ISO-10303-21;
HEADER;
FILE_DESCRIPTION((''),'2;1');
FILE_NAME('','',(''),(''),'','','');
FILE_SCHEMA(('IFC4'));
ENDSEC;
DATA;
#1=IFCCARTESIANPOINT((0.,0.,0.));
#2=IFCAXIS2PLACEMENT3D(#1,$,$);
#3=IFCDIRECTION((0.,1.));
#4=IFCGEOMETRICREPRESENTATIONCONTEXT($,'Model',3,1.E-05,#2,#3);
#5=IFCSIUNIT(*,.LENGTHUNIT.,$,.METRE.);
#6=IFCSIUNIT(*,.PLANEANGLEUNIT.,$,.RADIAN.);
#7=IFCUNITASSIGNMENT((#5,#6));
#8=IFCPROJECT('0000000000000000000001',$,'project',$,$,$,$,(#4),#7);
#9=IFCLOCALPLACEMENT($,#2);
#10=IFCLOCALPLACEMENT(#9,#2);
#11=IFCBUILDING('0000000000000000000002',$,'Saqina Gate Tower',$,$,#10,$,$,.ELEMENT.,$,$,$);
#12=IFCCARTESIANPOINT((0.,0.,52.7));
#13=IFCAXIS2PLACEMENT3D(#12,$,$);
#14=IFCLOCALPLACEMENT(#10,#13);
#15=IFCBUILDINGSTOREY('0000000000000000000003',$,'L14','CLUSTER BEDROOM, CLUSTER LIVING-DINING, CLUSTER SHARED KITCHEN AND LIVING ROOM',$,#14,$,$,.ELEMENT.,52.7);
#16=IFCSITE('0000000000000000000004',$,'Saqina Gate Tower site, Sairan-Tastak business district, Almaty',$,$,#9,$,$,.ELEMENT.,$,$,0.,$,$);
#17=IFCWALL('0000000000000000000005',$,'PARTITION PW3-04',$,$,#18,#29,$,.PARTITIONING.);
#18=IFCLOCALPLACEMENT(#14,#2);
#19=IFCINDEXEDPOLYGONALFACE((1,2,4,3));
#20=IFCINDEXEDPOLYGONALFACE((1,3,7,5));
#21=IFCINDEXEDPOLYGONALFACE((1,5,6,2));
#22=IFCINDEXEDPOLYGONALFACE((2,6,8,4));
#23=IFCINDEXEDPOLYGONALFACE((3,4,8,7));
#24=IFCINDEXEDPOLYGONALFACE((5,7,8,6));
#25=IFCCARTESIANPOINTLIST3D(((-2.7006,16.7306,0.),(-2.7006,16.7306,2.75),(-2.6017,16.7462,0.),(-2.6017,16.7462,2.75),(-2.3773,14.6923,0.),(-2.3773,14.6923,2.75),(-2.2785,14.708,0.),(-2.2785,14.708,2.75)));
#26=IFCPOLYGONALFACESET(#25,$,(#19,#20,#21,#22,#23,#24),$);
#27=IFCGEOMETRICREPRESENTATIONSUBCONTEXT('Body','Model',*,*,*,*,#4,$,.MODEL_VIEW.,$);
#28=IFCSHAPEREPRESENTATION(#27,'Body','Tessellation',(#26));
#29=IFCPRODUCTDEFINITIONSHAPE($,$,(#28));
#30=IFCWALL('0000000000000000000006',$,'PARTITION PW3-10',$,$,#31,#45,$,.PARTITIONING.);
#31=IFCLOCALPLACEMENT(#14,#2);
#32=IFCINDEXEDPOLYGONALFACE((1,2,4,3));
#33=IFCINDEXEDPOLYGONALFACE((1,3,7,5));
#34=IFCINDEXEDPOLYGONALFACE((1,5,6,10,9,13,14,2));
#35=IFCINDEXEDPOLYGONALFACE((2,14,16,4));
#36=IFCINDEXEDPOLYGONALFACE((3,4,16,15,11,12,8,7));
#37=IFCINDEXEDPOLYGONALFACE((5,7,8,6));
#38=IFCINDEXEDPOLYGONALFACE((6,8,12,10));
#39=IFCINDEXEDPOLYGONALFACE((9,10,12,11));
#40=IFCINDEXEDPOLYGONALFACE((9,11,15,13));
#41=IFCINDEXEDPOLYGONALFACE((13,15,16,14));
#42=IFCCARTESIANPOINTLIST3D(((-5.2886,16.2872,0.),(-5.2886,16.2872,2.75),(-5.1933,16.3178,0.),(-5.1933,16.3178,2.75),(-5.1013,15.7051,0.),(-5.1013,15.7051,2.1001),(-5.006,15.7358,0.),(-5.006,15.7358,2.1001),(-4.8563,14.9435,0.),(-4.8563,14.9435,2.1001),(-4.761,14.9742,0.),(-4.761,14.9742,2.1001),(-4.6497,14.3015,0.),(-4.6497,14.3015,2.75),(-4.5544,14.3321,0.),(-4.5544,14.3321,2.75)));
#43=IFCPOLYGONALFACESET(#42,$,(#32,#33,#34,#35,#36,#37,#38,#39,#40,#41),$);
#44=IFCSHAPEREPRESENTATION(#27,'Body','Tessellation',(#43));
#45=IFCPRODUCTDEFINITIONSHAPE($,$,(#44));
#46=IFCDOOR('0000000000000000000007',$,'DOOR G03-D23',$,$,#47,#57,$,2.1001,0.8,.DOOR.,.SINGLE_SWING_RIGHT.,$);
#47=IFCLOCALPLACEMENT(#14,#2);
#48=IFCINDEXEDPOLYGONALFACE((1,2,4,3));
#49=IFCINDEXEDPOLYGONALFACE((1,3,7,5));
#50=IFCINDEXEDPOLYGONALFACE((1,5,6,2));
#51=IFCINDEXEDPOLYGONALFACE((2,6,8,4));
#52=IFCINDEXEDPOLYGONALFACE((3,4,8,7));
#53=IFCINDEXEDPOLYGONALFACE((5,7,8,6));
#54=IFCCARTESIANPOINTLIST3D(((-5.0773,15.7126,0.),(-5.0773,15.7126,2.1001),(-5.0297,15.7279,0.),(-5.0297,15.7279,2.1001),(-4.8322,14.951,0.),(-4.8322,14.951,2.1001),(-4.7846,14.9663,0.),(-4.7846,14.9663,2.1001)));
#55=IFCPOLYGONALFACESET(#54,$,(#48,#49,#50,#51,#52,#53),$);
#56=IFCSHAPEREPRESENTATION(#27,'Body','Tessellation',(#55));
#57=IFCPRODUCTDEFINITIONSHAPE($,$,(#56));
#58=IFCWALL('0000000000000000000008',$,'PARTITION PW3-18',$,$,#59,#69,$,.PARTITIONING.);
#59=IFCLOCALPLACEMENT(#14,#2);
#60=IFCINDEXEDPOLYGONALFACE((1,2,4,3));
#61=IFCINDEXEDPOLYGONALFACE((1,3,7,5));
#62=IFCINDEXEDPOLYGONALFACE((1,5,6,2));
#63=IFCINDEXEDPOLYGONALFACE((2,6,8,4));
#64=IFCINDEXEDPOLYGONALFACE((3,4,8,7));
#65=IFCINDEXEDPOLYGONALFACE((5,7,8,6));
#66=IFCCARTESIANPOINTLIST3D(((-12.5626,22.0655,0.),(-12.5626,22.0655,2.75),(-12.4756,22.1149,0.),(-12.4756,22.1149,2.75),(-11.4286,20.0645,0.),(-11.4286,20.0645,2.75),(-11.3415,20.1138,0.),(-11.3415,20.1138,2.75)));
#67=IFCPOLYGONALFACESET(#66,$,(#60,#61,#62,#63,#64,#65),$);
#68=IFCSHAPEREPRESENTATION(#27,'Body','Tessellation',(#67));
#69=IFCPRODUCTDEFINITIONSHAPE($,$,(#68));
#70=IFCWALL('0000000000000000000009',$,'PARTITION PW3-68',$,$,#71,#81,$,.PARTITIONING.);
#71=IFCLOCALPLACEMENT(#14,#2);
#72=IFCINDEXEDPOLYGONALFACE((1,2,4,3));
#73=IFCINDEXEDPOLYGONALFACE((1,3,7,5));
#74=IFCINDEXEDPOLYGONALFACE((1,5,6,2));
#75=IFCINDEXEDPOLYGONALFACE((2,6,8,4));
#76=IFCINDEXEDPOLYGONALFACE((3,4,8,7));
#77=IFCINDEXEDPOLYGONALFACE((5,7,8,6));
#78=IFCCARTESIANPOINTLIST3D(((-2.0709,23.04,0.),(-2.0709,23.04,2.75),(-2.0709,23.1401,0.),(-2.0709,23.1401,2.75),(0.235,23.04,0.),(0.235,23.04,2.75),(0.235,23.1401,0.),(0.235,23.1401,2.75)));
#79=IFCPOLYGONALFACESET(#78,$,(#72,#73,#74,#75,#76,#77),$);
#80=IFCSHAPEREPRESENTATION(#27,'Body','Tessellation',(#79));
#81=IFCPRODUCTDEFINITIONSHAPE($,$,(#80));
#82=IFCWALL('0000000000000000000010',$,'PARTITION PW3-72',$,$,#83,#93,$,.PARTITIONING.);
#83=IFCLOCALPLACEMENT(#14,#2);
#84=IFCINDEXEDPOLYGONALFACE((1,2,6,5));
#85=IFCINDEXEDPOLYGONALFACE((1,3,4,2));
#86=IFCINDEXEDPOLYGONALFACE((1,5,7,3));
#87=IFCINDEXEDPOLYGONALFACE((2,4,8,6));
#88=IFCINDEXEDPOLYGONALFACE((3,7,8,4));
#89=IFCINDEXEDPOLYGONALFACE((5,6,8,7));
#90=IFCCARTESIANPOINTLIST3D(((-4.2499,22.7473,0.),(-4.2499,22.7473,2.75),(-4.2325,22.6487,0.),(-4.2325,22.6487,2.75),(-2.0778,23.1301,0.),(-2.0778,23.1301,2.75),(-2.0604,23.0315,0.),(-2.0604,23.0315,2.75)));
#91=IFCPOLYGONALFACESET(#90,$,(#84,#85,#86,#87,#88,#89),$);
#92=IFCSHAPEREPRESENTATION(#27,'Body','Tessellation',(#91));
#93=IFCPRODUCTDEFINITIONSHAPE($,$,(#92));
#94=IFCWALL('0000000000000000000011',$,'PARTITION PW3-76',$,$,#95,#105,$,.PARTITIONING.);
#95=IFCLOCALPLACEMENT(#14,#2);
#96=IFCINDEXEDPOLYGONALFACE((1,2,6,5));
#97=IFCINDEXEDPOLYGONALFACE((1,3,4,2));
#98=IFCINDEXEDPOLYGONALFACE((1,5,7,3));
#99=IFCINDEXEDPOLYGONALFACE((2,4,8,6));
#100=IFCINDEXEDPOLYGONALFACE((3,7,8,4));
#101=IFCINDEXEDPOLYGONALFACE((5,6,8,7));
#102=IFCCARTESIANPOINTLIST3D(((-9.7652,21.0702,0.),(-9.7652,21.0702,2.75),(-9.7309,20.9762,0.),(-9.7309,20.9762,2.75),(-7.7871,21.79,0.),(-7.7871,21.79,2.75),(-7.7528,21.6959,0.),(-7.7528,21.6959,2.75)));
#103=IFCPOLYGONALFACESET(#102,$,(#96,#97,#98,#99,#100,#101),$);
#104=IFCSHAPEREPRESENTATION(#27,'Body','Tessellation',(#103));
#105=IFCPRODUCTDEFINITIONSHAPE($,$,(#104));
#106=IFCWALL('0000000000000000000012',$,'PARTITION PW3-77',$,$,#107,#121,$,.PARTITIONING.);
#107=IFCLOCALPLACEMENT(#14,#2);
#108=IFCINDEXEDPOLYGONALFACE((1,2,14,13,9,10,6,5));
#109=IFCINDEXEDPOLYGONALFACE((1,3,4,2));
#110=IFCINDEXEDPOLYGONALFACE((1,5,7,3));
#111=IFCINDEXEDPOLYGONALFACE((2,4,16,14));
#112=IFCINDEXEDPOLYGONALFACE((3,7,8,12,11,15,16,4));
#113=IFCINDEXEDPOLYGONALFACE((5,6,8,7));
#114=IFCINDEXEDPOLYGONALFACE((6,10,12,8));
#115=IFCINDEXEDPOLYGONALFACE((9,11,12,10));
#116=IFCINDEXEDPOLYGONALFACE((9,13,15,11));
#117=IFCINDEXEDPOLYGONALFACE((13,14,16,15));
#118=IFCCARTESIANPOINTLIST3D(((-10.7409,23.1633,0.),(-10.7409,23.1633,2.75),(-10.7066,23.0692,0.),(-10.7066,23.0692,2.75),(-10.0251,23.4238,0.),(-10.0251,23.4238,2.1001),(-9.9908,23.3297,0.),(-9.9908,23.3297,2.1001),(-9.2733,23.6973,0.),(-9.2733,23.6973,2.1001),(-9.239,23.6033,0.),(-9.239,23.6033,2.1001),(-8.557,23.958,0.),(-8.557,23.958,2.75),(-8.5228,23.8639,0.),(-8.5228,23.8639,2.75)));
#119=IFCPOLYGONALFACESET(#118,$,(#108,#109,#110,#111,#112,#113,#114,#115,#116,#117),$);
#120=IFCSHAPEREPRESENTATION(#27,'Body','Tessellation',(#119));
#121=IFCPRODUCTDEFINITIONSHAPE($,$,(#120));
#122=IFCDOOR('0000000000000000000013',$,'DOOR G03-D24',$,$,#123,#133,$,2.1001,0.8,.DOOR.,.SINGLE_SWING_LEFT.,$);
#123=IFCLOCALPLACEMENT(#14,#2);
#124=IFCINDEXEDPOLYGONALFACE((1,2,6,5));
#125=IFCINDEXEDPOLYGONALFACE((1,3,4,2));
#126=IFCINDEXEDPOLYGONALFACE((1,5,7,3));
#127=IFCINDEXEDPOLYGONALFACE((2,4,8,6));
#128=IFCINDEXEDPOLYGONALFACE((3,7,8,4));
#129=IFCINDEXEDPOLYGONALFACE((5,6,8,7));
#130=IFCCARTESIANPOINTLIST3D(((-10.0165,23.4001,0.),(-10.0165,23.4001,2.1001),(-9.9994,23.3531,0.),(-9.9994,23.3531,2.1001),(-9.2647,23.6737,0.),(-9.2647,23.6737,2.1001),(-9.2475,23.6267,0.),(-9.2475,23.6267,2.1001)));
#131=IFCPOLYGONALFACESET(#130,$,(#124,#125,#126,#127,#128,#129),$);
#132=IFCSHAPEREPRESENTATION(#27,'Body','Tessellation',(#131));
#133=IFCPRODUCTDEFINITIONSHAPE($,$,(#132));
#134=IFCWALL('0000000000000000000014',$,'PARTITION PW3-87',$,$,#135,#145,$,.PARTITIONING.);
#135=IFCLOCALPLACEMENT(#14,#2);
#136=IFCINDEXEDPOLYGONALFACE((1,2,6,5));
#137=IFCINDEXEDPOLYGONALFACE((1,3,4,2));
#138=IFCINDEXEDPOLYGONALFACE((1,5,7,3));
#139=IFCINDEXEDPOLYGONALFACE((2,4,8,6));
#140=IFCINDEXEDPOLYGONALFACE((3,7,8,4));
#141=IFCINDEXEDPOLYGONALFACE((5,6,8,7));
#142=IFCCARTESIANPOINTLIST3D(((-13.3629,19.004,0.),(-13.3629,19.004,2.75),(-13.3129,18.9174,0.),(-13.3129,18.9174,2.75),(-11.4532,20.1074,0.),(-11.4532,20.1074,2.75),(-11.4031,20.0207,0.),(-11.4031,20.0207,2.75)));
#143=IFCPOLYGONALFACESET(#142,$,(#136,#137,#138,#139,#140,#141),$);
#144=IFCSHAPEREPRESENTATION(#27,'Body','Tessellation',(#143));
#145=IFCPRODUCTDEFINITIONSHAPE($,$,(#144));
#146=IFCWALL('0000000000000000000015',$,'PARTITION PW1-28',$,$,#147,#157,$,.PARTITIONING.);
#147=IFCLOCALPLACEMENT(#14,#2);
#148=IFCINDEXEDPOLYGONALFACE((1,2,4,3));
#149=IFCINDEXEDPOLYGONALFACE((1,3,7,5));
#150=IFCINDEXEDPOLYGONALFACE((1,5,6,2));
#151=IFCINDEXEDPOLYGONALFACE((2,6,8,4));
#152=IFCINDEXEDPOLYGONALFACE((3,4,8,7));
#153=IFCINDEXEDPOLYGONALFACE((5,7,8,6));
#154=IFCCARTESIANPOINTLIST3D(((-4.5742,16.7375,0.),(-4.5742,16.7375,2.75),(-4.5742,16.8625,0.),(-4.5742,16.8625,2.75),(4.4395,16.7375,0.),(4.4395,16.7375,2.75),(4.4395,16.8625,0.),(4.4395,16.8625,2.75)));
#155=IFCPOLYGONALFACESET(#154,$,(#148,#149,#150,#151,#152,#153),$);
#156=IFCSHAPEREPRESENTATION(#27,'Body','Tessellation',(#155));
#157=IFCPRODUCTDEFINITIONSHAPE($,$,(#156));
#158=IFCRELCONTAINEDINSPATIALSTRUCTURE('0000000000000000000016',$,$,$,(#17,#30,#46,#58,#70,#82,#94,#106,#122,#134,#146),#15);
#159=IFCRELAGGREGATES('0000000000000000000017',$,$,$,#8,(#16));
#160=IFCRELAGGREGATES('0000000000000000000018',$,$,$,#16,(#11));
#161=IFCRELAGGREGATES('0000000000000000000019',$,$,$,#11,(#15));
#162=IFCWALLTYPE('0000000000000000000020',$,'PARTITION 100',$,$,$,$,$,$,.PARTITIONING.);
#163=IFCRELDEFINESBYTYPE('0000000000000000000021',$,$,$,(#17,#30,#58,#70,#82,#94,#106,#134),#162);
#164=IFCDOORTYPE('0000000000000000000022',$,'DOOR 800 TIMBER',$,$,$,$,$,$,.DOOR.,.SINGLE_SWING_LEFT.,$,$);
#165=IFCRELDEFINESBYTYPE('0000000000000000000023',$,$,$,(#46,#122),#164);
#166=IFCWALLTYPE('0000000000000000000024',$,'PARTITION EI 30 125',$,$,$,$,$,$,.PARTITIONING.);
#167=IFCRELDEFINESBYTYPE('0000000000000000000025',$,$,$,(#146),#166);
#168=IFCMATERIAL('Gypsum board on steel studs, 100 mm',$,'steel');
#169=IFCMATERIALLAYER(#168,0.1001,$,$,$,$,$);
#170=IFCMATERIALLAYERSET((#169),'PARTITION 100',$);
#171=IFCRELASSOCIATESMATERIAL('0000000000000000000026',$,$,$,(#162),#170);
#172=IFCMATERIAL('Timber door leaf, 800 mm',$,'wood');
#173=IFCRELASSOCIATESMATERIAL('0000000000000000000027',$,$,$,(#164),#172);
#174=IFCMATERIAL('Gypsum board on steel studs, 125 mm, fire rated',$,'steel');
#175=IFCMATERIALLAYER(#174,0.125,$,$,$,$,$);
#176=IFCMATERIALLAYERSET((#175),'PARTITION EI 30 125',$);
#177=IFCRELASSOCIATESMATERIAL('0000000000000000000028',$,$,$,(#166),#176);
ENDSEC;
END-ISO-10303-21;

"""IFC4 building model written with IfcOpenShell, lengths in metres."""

from ifc_helpers import new_model, si_unit, direction, frame, frame_2d, origin, place, context, subcontext, project, spatial, rectangle, extrude, material, layer, layer_set, type_object, element, fill, save


model = new_model("IFC4")

# Units and contexts
model_context = context("Model", 3, precision=1e-05, world=origin(), true_north=direction((0.0, 1.0)))
body_context = subcontext(model_context, "Body", "Model", "MODEL_VIEW")
ifc_project = project(units=[si_unit("LENGTHUNIT", "METRE"), si_unit("PLANEANGLEUNIT", "RADIAN")], contexts=[model_context])

# Site, building, storey
site_placement = place(None, origin())
site = spatial("IfcSite", under=ifc_project, at=site_placement, Name="Saqina Gate Tower site, Sairan-Tastak business district, Almaty", CompositionType="ELEMENT", RefElevation=0.0)
building_placement = place(site_placement, origin())
building = spatial("IfcBuilding", under=site, at=building_placement, Name="Saqina Gate Tower", CompositionType="ELEMENT")
storey_placement = place(building_placement, frame((0.0, 0.0, 52.7)))
storey = spatial("IfcBuildingStorey", under=building, at=storey_placement, Name="L14", Description="CLUSTER BEDROOM, CLUSTER LIVING-DINING, CLUSTER SHARED KITCHEN AND LIVING ROOM", CompositionType="ELEMENT", Elevation=52.7)

# Wall
ifc_material_1 = material(Name="Gypsum board on steel studs, 100 mm", Category="steel")
ifc_layer_1 = layer(ifc_material_1, 0.1001)
ifc_layer_set_1 = layer_set([ifc_layer_1], Name="PARTITION 100")
wall_type_1 = type_object("IfcWallType", Name="PARTITION 100", PredefinedType="PARTITIONING", material=ifc_layer_set_1)
wall_1_placement = place(storey_placement, frame((-2.6511, 16.7383, 0.0), z_axis=(0.0, 0.0, 1.0), x_axis=(0.156625, -0.987658, 0.0)))
element("IfcWall", 1, at=wall_1_placement, inside=storey, type_object=wall_type_1, Name="PARTITION PW3-04", PredefinedType="PARTITIONING", context=body_context, shape_type="SweptSolid", body=[
    extrude(rectangle(XDim=2.0637, YDim=0.1001, at=frame_2d((1.0317, 0.0))), origin(), (0.0, 0.0, 1.0), 2.75),
])

# Wall, opening, door
wall_2_placement = place(storey_placement, frame((-5.241, 16.3025, 0.0), z_axis=(0.0, 0.0, 1.0), x_axis=(0.306308, -0.951932, 0.0)))
wall_2 = element("IfcWall", 2, at=wall_2_placement, inside=storey, type_object=wall_type_1, Name="PARTITION PW3-10", PredefinedType="PARTITIONING", context=body_context, shape_type="SweptSolid", body=[
    extrude(rectangle(XDim=2.0859, YDim=0.1001, at=frame_2d((1.043, 0.0))), origin(), (0.0, 0.0, 1.0), 2.75),
])
opening_1_placement = place(wall_2_placement, frame((0.6116, 0.0, 0.0)))
opening_1 = element("IfcOpeningElement", 3, at=opening_1_placement, cuts=wall_2, PredefinedType="OPENING", context=body_context, shape_type="SweptSolid", body=[
    extrude(rectangle(XDim=0.8, YDim=2.1001, at=frame_2d((0.3999, 1.05))), frame((0.0, 0.062, 0.0), z_axis=(0.0, -1.0, 0.0), x_axis=(1.0, 0.0, 0.0)), (0.0, 0.0, 1.0), 0.124),
])
ifc_material_2 = material(Name="Timber door leaf, 800 mm", Category="wood")
door_type_1 = type_object("IfcDoorType", Name="DOOR 800 TIMBER", OperationType="SINGLE_SWING_LEFT", PredefinedType="DOOR", material=ifc_material_2)
door_1_placement = place(opening_1_placement, frame((0.8, 0.0, 0.0), z_axis=(0.0, 0.0, 1.0), x_axis=(-1.0, 0.0, 0.0)))
door_1 = element("IfcDoor", 4, at=door_1_placement, inside=storey, type_object=door_type_1, Name="DOOR G03-D23", OperationType="SINGLE_SWING_RIGHT", OverallHeight=2.1001, OverallWidth=0.8, PredefinedType="DOOR", context=body_context, shape_type="SweptSolid", body=[
    extrude(rectangle(XDim=0.8, YDim=2.1001, at=frame_2d((0.3999, 1.05))), frame((0.0, 0.0249, 0.0), z_axis=(0.0, -1.0, 0.0), x_axis=(1.0, 0.0, 0.0)), (0.0, 0.0, 1.0), 0.05),
])
fill(opening_1, door_1)

# Walls
wall_3_placement = place(storey_placement, frame((-12.519, 22.0901, 0.0), z_axis=(0.0, 0.0, 1.0), x_axis=(0.493061, -0.869995, 0.0)))
element("IfcWall", 5, at=wall_3_placement, inside=storey, type_object=wall_type_1, Name="PARTITION PW3-18", PredefinedType="PARTITIONING", context=body_context, shape_type="SweptSolid", body=[
    extrude(rectangle(XDim=2.3, YDim=0.1001, at=frame_2d((1.1499, 0.0))), origin(), (0.0, 0.0, 1.0), 2.75),
])
wall_4_placement = place(storey_placement, frame((-2.0708, 23.0901, 0.0), z_axis=(0.0, 0.0, 1.0), x_axis=(1.0, 0.0, 0.0)))
element("IfcWall", 6, at=wall_4_placement, inside=storey, type_object=wall_type_1, Name="PARTITION PW3-68", PredefinedType="PARTITIONING", context=body_context, shape_type="SweptSolid", body=[
    extrude(rectangle(XDim=2.3059, YDim=0.1001, at=frame_2d((1.1528, 0.0))), origin(), (0.0, 0.0, 1.0), 2.75),
])
wall_5_placement = place(storey_placement, frame((-4.2412, 22.698, 0.0), z_axis=(0.0, 0.0, 1.0), x_axis=(0.984823, 0.173564, 0.0)))
element("IfcWall", 7, at=wall_5_placement, inside=storey, type_object=wall_type_1, Name="PARTITION PW3-72", PredefinedType="PARTITIONING", context=body_context, shape_type="SweptSolid", body=[
    extrude(rectangle(XDim=2.2056, YDim=0.1001, at=frame_2d((1.1028, 0.0))), origin(), (0.0, 0.0, 1.0), 2.75),
])
wall_6_placement = place(storey_placement, frame((-9.748, 21.0232, 0.0), z_axis=(0.0, 0.0, 1.0), x_axis=(0.939726, 0.341929, 0.0)))
element("IfcWall", 8, at=wall_6_placement, inside=storey, type_object=wall_type_1, Name="PARTITION PW3-76", PredefinedType="PARTITIONING", context=body_context, shape_type="SweptSolid", body=[
    extrude(rectangle(XDim=2.105, YDim=0.1001, at=frame_2d((1.0525, 0.0))), origin(), (0.0, 0.0, 1.0), 2.75),
])

# Wall, opening, door
wall_7_placement = place(storey_placement, frame((-10.7239, 23.1162, 0.0), z_axis=(0.0, 0.0, 1.0), x_axis=(0.939717, 0.341954, 0.0)))
wall_7 = element("IfcWall", 9, at=wall_7_placement, inside=storey, type_object=wall_type_1, Name="PARTITION PW3-77", PredefinedType="PARTITIONING", context=body_context, shape_type="SweptSolid", body=[
    extrude(rectangle(XDim=2.324, YDim=0.1001, at=frame_2d((1.1621, 0.0))), origin(), (0.0, 0.0, 1.0), 2.75),
])
opening_2_placement = place(wall_7_placement, frame((0.762, 0.0, 0.0)))
opening_2 = element("IfcOpeningElement", 10, at=opening_2_placement, cuts=wall_7, PredefinedType="OPENING", context=body_context, shape_type="SweptSolid", body=[
    extrude(rectangle(XDim=0.8, YDim=2.1001, at=frame_2d((0.3999, 1.05))), frame((0.0, 0.062, 0.0), z_axis=(0.0, -1.0, 0.0), x_axis=(1.0, 0.0, 0.0)), (0.0, 0.0, 1.0), 0.124),
])
door_2_placement = place(opening_2_placement, origin())
door_2 = element("IfcDoor", 11, at=door_2_placement, inside=storey, type_object=door_type_1, Name="DOOR G03-D24", OperationType="SINGLE_SWING_LEFT", OverallHeight=2.1001, OverallWidth=0.8, PredefinedType="DOOR", context=body_context, shape_type="SweptSolid", body=[
    extrude(rectangle(XDim=0.8, YDim=2.1001, at=frame_2d((0.3999, 1.05))), frame((0.0, 0.0249, 0.0), z_axis=(0.0, -1.0, 0.0), x_axis=(1.0, 0.0, 0.0)), (0.0, 0.0, 1.0), 0.05),
])
fill(opening_2, door_2)

# Walls
wall_8_placement = place(storey_placement, frame((-13.3379, 18.9607, 0.0), z_axis=(0.0, 0.0, 1.0), x_axis=(0.865883, 0.500246, 0.0)))
element("IfcWall", 12, at=wall_8_placement, inside=storey, type_object=wall_type_1, Name="PARTITION PW3-87", PredefinedType="PARTITIONING", context=body_context, shape_type="SweptSolid", body=[
    extrude(rectangle(XDim=2.2056, YDim=0.1001, at=frame_2d((1.1028, 0.0))), origin(), (0.0, 0.0, 1.0), 2.75),
])
ifc_material_3 = material(Name="Gypsum board on steel studs, 125 mm, fire rated", Category="steel")
ifc_layer_2 = layer(ifc_material_3, 0.125)
ifc_layer_set_2 = layer_set([ifc_layer_2], Name="PARTITION EI 30 125")
wall_type_2 = type_object("IfcWallType", Name="PARTITION EI 30 125", PredefinedType="PARTITIONING", material=ifc_layer_set_2)
wall_9_placement = place(storey_placement, frame((-4.5742, 16.8, 0.0), z_axis=(0.0, 0.0, 1.0), x_axis=(1.0, 0.0, 0.0)))
element("IfcWall", 13, at=wall_9_placement, inside=storey, type_object=wall_type_2, Name="PARTITION PW1-28", PredefinedType="PARTITIONING", context=body_context, shape_type="SweptSolid", body=[
    extrude(rectangle(XDim=9.0137, YDim=0.125, at=frame_2d((4.5068, 0.0))), origin(), (0.0, 0.0, 1.0), 2.75),
])

save(model, "model.ifc")
